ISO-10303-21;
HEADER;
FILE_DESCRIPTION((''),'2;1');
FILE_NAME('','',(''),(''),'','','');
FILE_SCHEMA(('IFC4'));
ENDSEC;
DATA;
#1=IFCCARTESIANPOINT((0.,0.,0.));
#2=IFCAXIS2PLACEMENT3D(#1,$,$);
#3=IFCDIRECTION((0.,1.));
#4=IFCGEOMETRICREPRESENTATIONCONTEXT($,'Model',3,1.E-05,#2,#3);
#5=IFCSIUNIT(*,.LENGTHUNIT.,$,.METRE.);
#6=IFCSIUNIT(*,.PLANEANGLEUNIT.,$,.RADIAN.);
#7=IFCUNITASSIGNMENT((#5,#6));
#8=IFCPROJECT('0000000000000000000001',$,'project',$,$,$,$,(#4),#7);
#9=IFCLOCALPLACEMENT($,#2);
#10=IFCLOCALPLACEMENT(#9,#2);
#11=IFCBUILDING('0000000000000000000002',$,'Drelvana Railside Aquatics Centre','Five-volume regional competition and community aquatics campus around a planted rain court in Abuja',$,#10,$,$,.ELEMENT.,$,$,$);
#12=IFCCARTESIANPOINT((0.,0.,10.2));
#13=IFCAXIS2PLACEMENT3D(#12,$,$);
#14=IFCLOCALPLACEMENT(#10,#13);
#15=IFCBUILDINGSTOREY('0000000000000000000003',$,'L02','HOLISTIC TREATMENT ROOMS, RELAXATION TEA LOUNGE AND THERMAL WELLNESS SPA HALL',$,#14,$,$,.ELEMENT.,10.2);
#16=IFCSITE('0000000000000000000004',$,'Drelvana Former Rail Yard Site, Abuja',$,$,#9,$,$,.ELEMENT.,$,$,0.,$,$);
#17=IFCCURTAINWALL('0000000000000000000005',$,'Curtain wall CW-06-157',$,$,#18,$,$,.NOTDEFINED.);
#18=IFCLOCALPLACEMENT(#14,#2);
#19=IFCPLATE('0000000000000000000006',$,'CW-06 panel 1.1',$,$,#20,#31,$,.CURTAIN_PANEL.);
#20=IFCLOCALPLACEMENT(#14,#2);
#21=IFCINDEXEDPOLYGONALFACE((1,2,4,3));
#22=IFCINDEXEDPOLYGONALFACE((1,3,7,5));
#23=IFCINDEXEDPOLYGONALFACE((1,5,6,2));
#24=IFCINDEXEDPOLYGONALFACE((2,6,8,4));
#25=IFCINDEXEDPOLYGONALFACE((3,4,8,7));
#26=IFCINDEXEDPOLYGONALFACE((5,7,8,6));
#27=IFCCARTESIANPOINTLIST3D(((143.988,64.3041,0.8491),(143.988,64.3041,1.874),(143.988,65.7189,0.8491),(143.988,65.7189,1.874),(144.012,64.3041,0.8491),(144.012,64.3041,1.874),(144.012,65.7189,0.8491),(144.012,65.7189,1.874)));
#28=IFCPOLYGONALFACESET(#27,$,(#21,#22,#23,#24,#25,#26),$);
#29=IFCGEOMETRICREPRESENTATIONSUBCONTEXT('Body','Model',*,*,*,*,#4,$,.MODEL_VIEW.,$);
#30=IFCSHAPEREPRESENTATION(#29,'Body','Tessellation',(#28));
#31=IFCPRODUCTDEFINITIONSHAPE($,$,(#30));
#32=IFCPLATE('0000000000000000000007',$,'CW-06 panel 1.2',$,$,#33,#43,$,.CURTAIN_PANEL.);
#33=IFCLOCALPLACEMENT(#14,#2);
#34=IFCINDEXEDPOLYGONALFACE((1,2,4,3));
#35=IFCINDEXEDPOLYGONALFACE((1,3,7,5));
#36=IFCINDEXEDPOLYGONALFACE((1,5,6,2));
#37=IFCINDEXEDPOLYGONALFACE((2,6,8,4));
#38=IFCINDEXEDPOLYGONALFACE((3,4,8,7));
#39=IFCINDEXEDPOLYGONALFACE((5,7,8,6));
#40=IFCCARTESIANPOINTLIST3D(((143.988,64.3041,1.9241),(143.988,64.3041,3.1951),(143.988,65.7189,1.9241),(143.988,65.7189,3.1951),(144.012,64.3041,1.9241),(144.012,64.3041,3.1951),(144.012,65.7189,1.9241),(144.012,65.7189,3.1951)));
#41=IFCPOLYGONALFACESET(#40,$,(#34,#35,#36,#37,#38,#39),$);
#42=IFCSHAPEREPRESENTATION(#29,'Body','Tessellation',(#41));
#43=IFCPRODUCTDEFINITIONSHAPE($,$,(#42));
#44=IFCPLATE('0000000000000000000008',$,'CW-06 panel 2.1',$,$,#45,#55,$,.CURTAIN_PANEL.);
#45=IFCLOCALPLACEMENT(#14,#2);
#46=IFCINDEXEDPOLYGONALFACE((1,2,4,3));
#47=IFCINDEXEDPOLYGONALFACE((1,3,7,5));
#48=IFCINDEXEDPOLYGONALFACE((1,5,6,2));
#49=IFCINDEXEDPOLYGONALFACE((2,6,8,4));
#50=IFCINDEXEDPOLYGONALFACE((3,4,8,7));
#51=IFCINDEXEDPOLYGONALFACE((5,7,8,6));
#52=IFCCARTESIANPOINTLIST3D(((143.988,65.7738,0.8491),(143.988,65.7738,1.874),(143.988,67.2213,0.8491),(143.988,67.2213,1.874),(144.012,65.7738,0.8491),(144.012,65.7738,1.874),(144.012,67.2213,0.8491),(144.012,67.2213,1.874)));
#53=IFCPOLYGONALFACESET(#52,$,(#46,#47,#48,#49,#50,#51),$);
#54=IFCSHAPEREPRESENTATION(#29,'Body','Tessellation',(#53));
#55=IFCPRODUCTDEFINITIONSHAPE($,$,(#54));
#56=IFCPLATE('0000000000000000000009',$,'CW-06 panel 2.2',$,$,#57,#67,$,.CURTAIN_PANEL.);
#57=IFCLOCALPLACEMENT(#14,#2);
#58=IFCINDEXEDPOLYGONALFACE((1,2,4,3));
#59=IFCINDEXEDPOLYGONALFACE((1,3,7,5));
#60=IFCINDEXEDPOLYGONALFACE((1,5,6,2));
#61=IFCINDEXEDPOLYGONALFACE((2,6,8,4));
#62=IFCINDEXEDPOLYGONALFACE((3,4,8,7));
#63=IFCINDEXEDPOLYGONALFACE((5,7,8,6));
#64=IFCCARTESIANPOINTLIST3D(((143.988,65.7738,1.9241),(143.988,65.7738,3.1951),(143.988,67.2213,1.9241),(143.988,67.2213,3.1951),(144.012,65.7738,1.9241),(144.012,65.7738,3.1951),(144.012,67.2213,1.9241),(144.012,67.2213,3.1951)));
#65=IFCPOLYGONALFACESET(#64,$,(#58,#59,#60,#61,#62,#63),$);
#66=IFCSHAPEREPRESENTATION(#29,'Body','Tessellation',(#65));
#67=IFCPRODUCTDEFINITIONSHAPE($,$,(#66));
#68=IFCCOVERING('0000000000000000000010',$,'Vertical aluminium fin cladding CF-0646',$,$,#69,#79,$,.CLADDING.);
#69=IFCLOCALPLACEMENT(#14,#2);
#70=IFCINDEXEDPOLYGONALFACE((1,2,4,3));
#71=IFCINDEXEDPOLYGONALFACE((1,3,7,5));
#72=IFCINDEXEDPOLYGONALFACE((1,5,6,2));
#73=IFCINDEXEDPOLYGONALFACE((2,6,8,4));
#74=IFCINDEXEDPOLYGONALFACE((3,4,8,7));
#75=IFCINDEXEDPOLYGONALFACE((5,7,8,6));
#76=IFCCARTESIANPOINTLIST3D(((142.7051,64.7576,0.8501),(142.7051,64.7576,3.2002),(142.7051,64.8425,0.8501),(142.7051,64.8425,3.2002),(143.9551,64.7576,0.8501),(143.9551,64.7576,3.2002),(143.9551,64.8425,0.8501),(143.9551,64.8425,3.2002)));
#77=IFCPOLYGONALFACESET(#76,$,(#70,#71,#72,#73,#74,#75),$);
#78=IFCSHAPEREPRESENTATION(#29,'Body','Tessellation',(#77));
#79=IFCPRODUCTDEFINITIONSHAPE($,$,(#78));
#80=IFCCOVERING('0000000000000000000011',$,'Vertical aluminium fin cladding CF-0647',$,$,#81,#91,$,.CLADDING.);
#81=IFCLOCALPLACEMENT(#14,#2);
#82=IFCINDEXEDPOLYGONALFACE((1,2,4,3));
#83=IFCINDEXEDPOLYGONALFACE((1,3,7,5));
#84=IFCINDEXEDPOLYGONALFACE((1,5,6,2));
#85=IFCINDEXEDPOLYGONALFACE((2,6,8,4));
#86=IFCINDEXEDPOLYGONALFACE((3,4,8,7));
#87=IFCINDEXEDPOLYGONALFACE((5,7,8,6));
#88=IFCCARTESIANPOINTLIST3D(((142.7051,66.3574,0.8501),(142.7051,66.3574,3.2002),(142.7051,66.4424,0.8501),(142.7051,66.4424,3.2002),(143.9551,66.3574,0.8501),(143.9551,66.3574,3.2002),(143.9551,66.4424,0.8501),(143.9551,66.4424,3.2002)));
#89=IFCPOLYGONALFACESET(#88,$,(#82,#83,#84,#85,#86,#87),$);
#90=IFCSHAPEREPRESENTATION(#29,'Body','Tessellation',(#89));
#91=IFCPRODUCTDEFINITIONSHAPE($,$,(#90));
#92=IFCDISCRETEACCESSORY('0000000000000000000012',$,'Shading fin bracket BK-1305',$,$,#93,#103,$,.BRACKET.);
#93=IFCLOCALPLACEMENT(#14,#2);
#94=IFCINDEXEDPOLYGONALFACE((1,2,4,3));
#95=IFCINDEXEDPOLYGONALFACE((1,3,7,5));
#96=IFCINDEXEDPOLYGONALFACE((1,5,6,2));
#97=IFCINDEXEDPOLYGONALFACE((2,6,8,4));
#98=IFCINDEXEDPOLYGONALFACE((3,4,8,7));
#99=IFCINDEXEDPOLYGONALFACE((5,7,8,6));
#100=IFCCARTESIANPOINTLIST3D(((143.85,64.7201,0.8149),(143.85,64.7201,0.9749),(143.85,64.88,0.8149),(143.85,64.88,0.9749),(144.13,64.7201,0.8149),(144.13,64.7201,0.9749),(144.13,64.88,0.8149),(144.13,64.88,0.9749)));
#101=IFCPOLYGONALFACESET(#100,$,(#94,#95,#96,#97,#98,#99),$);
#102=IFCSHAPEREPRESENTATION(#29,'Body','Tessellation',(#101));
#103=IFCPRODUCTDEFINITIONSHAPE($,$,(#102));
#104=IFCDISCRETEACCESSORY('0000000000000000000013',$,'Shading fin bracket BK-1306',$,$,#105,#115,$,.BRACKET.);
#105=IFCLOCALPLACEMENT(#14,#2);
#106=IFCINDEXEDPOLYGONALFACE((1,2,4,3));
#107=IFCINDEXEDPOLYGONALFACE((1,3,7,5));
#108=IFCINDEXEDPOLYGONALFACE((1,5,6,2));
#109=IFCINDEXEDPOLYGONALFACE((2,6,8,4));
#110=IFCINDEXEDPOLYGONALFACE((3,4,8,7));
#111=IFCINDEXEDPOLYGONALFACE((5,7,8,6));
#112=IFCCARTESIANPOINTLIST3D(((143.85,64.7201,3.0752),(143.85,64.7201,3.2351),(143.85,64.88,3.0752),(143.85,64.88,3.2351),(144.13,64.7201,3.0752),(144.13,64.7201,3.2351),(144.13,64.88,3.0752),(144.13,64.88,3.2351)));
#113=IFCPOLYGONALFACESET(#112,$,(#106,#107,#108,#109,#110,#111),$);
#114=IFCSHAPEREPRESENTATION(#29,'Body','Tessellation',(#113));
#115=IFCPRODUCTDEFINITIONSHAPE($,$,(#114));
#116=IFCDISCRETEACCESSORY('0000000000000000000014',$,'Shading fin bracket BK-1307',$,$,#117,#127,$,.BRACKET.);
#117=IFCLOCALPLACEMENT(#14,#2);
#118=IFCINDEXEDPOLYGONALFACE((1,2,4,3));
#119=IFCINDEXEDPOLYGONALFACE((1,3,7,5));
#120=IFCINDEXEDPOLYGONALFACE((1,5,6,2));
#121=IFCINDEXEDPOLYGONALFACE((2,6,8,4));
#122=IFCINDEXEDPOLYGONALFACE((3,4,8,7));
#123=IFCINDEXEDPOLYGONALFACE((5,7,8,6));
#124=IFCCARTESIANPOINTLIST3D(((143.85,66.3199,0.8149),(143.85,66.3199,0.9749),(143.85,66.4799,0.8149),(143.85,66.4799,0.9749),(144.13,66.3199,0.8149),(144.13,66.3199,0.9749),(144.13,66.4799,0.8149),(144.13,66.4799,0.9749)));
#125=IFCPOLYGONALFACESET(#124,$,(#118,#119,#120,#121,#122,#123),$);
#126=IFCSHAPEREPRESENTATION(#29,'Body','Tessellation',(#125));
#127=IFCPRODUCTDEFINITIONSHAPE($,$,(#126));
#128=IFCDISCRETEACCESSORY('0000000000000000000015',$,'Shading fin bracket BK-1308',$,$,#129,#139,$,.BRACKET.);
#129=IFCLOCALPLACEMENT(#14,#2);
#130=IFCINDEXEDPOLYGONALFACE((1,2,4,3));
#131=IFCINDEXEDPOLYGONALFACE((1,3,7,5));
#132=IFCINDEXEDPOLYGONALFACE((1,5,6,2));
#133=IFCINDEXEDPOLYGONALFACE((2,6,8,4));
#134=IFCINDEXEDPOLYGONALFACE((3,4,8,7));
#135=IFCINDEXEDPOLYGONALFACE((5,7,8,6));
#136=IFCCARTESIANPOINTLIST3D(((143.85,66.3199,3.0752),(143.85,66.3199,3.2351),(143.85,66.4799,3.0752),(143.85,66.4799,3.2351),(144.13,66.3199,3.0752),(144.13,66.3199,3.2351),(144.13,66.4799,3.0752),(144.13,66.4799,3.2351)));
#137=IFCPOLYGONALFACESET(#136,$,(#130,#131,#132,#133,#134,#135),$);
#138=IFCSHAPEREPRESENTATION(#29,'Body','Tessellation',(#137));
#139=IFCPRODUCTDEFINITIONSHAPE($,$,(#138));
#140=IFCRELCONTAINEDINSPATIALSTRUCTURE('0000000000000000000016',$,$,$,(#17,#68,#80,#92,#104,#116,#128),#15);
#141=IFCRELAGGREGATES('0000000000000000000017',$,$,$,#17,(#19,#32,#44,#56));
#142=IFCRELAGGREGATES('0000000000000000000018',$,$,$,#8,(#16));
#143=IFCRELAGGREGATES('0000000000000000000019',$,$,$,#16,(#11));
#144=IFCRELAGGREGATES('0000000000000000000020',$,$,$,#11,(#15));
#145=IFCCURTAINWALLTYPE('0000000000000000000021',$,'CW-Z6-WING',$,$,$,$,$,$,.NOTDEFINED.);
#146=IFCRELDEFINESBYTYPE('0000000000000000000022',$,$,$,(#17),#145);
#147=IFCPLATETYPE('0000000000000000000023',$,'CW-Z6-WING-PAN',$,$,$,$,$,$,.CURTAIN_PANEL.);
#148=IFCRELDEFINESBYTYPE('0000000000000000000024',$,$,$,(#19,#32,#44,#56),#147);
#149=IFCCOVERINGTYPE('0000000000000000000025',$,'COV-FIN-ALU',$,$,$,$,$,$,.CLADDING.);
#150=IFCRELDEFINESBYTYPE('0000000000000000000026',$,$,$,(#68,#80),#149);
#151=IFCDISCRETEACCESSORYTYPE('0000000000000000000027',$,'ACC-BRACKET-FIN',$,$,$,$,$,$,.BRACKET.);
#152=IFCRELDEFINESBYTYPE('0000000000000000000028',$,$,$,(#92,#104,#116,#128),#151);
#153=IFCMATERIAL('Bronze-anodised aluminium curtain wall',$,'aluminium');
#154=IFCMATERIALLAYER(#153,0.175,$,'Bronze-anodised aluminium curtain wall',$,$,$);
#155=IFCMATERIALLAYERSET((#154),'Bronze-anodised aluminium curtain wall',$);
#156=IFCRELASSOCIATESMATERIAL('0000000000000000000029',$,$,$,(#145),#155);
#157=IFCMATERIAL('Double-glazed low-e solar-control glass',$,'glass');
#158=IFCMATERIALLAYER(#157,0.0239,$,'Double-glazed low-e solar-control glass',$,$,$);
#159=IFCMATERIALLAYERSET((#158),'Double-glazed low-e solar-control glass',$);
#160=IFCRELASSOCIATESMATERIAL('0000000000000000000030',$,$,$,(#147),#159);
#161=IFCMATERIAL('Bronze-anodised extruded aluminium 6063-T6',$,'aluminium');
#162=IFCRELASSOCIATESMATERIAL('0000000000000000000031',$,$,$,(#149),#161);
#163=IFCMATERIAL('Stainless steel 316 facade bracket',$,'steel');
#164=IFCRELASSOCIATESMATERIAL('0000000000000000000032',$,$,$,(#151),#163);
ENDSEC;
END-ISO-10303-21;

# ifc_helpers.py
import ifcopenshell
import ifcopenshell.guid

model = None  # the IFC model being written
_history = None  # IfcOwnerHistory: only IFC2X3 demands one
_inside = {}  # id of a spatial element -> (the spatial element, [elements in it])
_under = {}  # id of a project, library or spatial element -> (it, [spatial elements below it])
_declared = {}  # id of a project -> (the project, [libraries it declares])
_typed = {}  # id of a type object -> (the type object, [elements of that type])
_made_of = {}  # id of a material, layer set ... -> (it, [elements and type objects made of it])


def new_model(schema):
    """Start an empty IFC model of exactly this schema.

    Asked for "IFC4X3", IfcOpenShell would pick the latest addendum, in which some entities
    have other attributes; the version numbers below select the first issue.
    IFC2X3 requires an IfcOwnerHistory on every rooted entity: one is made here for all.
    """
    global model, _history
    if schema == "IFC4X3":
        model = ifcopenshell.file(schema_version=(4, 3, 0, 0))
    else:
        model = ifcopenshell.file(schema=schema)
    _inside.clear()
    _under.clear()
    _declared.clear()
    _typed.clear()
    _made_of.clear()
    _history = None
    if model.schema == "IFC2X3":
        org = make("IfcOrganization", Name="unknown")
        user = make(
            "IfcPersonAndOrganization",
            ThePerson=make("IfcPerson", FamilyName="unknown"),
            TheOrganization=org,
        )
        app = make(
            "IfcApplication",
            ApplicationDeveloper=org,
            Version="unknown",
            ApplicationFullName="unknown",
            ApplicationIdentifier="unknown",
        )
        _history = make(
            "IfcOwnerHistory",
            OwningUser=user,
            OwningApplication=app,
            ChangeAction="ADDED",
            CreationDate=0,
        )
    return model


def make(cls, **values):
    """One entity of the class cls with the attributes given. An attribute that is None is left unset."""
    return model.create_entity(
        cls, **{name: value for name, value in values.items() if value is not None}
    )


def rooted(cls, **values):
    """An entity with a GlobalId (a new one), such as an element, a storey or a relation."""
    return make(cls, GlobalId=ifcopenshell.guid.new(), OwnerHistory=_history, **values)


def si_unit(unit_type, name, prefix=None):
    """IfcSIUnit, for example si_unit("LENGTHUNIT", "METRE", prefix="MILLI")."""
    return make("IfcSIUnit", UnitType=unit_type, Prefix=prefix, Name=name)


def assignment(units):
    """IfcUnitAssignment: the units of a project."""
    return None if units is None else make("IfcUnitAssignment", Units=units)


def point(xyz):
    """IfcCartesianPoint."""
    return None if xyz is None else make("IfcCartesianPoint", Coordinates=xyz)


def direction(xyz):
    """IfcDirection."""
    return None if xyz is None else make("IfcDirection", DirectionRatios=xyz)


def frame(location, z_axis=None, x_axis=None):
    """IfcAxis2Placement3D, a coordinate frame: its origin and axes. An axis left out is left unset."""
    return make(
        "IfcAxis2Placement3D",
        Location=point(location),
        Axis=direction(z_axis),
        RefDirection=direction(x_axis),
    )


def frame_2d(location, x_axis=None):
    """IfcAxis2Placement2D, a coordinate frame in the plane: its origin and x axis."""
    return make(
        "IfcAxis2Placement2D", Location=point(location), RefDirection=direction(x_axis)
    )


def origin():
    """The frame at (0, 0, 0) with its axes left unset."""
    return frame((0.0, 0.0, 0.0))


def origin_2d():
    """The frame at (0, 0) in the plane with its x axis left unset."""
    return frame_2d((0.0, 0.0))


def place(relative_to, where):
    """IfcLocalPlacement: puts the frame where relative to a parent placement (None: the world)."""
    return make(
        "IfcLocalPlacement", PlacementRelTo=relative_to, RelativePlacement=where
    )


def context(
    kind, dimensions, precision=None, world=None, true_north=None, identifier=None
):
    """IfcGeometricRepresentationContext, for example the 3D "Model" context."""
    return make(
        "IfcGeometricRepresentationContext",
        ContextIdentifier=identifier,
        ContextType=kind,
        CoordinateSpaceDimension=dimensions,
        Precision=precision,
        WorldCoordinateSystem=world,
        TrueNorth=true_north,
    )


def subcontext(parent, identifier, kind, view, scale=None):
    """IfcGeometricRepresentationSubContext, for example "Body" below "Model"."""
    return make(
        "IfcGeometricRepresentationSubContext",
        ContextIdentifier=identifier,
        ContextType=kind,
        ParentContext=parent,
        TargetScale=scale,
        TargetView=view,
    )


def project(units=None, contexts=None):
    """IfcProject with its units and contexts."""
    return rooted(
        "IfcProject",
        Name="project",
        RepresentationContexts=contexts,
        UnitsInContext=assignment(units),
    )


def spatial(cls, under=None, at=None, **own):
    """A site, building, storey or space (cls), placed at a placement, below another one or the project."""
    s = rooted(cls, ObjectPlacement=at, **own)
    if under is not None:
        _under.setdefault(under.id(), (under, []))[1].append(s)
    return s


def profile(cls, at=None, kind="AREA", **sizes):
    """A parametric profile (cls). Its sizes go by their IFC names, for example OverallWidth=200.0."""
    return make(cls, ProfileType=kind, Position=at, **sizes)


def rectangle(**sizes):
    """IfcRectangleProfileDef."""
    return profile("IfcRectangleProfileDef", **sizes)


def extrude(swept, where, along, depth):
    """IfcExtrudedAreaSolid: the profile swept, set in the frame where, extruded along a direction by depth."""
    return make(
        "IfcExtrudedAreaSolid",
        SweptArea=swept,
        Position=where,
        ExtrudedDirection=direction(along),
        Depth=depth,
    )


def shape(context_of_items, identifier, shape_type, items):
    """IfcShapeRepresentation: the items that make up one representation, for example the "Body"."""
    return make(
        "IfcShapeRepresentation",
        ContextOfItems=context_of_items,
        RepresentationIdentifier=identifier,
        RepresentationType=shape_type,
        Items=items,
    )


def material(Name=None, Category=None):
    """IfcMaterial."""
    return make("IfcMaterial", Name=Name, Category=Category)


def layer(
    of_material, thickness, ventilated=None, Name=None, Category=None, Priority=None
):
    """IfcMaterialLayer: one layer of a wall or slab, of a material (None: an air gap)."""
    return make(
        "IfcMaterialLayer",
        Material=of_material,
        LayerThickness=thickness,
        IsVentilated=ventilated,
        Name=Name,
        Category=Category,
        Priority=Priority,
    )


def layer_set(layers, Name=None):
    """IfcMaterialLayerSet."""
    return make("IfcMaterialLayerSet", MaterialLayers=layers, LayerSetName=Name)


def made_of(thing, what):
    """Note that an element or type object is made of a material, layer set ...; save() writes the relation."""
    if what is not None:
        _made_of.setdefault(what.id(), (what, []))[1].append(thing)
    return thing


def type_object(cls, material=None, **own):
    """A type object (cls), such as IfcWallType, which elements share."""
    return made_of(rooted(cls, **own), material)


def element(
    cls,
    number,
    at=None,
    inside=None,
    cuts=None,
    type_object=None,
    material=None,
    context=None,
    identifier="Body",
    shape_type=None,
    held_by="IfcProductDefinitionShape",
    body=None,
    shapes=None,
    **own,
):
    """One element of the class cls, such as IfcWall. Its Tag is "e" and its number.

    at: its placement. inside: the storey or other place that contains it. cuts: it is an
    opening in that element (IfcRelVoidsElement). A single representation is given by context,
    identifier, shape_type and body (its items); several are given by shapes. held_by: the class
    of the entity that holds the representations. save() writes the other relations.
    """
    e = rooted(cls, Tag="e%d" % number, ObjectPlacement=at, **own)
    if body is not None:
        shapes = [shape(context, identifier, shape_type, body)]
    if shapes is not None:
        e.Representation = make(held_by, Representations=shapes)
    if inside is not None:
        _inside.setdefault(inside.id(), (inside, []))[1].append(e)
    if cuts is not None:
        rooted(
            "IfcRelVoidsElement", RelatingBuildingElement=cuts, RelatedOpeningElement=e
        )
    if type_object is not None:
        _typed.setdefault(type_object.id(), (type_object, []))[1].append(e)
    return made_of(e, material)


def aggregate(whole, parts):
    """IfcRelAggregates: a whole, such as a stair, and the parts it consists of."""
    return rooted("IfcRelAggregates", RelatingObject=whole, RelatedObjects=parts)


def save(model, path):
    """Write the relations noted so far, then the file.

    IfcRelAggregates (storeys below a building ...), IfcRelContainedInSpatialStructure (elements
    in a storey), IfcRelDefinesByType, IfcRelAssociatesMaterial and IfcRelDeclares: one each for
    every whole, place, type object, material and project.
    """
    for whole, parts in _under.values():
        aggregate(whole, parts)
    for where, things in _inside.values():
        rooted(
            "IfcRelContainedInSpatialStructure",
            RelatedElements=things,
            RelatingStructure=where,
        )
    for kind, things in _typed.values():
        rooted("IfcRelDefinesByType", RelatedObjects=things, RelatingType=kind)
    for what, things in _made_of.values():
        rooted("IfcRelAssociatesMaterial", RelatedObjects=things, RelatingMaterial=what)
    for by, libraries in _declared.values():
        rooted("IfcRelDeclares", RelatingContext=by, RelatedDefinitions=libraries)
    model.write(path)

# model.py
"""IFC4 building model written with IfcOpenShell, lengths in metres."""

from ifc_helpers import new_model, si_unit, direction, frame, origin, origin_2d, place, context, subcontext, project, spatial, rectangle, extrude, material, layer, layer_set, type_object, element, aggregate, save


model = new_model("IFC4")

# Units and contexts
model_context = context("Model", 3, precision=1e-05, world=origin(), true_north=direction((0.0, 1.0)))
body_context = subcontext(model_context, "Body", "Model", "MODEL_VIEW")
ifc_project = project(units=[si_unit("LENGTHUNIT", "METRE"), si_unit("PLANEANGLEUNIT", "RADIAN")], contexts=[model_context])

# Site, building, storey
site_placement = place(None, origin())
site = spatial("IfcSite", under=ifc_project, at=site_placement, Name="Drelvana Former Rail Yard Site, Abuja", CompositionType="ELEMENT", RefElevation=0.0)
building_placement = place(site_placement, origin())
building = spatial("IfcBuilding", under=site, at=building_placement, Name="Drelvana Railside Aquatics Centre", Description="Five-volume regional competition and community aquatics campus around a planted rain court in Abuja", CompositionType="ELEMENT")
storey_placement = place(building_placement, frame((0.0, 0.0, 10.2)))
storey = spatial("IfcBuildingStorey", under=building, at=storey_placement, Name="L02", Description="HOLISTIC TREATMENT ROOMS, RELAXATION TEA LOUNGE AND THERMAL WELLNESS SPA HALL", CompositionType="ELEMENT", Elevation=10.2)

# Curtain wall
ifc_material_1 = material(Name="Bronze-anodised aluminium curtain wall", Category="aluminium")
ifc_layer_1 = layer(ifc_material_1, 0.175, Name="Bronze-anodised aluminium curtain wall")
ifc_layer_set_1 = layer_set([ifc_layer_1], Name="Bronze-anodised aluminium curtain wall")
curtain_wall_type = type_object("IfcCurtainWallType", Name="CW-Z6-WING", PredefinedType="NOTDEFINED", material=ifc_layer_set_1)
curtain_wall_placement = place(storey_placement, origin())
curtain_wall = element("IfcCurtainWall", 1, at=curtain_wall_placement, inside=storey, type_object=curtain_wall_type, Name="Curtain wall CW-06-157", PredefinedType="NOTDEFINED")

# Plates
ifc_material_2 = material(Name="Double-glazed low-e solar-control glass", Category="glass")
ifc_layer_2 = layer(ifc_material_2, 0.0239, Name="Double-glazed low-e solar-control glass")
ifc_layer_set_2 = layer_set([ifc_layer_2], Name="Double-glazed low-e solar-control glass")
plate_type = type_object("IfcPlateType", Name="CW-Z6-WING-PAN", PredefinedType="CURTAIN_PANEL", material=ifc_layer_set_2)
plate_1_placement = place(storey_placement, frame((144.0, 65.0115, 0.8491), z_axis=(0.0, 0.0, 1.0), x_axis=(0.0, 1.0, 0.0)))
plate_1 = element("IfcPlate", 2, at=plate_1_placement, type_object=plate_type, Name="CW-06 panel 1.1", PredefinedType="CURTAIN_PANEL", context=body_context, shape_type="SweptSolid", body=[
    extrude(rectangle(XDim=1.4148, YDim=0.0239, at=origin_2d()), origin(), (0.0, 0.0, 1.0), 1.0249),
])
plate_2_placement = place(storey_placement, frame((144.0, 65.0115, 1.9241), z_axis=(0.0, 0.0, 1.0), x_axis=(0.0, 1.0, 0.0)))
plate_2 = element("IfcPlate", 3, at=plate_2_placement, type_object=plate_type, Name="CW-06 panel 1.2", PredefinedType="CURTAIN_PANEL", context=body_context, shape_type="SweptSolid", body=[
    extrude(rectangle(XDim=1.4148, YDim=0.0239, at=origin_2d()), origin(), (0.0, 0.0, 1.0), 1.271),
])
plate_3_placement = place(storey_placement, frame((144.0, 66.4976, 0.8491), z_axis=(0.0, 0.0, 1.0), x_axis=(0.0, 1.0, 0.0)))
plate_3 = element("IfcPlate", 4, at=plate_3_placement, type_object=plate_type, Name="CW-06 panel 2.1", PredefinedType="CURTAIN_PANEL", context=body_context, shape_type="SweptSolid", body=[
    extrude(rectangle(XDim=1.4475, YDim=0.0239, at=origin_2d()), origin(), (0.0, 0.0, 1.0), 1.0249),
])
plate_4_placement = place(storey_placement, frame((144.0, 66.4976, 1.9241), z_axis=(0.0, 0.0, 1.0), x_axis=(0.0, 1.0, 0.0)))
plate_4 = element("IfcPlate", 5, at=plate_4_placement, type_object=plate_type, Name="CW-06 panel 2.2", PredefinedType="CURTAIN_PANEL", context=body_context, shape_type="SweptSolid", body=[
    extrude(rectangle(XDim=1.4475, YDim=0.0239, at=origin_2d()), origin(), (0.0, 0.0, 1.0), 1.271),
])
aggregate(curtain_wall, [plate_1, plate_2, plate_3, plate_4])

# Coverings
ifc_material_3 = material(Name="Bronze-anodised extruded aluminium 6063-T6", Category="aluminium")
covering_type = type_object("IfcCoveringType", Name="COV-FIN-ALU", PredefinedType="CLADDING", material=ifc_material_3)
for number, where, z_axis, x_axis, name in (
    (6, (143.3301, 64.8, 0.8501), (0.0, 0.0, 1.0), (0.0, 1.0, 0.0), "Vertical aluminium fin cladding CF-0646"),
    (7, (143.3301, 66.3999, 0.8501), (0.0, 0.0, 1.0), (0.0, 1.0, 0.0), "Vertical aluminium fin cladding CF-0647"),
):
    element("IfcCovering", number, at=place(storey_placement, frame(where, z_axis=z_axis, x_axis=x_axis)), inside=storey, type_object=covering_type, Name=name, PredefinedType="CLADDING", context=body_context, shape_type="SweptSolid", body=[
        extrude(rectangle(XDim=0.085, YDim=1.25, at=origin_2d()), origin(), (0.0, 0.0, 1.0), 2.3501),
    ])

# Discrete accessories
ifc_material_4 = material(Name="Stainless steel 316 facade bracket", Category="steel")
discrete_accessory_type = type_object("IfcDiscreteAccessoryType", Name="ACC-BRACKET-FIN", PredefinedType="BRACKET", material=ifc_material_4)
for number, where, z_axis, x_axis, name in (
    (8, (143.99, 64.8, 0.8149), (0.0, 0.0, 1.0), (-1.0, 0.0, 0.0), "Shading fin bracket BK-1305"),
    (9, (143.99, 64.8, 3.0752), (0.0, 0.0, 1.0), (-1.0, 0.0, 0.0), "Shading fin bracket BK-1306"),
    (10, (143.99, 66.3999, 0.8149), (0.0, 0.0, 1.0), (-1.0, 0.0, 0.0), "Shading fin bracket BK-1307"),
    (11, (143.99, 66.3999, 3.0752), (0.0, 0.0, 1.0), (-1.0, 0.0, 0.0), "Shading fin bracket BK-1308"),
):
    element("IfcDiscreteAccessory", number, at=place(storey_placement, frame(where, z_axis=z_axis, x_axis=x_axis)), inside=storey, type_object=discrete_accessory_type, Name=name, PredefinedType="BRACKET", context=body_context, shape_type="SweptSolid", body=[
        extrude(rectangle(XDim=0.28, YDim=0.1599, at=origin_2d()), origin(), (0.0, 0.0, 1.0), 0.1599),
    ])

save(model, "model.ifc")
